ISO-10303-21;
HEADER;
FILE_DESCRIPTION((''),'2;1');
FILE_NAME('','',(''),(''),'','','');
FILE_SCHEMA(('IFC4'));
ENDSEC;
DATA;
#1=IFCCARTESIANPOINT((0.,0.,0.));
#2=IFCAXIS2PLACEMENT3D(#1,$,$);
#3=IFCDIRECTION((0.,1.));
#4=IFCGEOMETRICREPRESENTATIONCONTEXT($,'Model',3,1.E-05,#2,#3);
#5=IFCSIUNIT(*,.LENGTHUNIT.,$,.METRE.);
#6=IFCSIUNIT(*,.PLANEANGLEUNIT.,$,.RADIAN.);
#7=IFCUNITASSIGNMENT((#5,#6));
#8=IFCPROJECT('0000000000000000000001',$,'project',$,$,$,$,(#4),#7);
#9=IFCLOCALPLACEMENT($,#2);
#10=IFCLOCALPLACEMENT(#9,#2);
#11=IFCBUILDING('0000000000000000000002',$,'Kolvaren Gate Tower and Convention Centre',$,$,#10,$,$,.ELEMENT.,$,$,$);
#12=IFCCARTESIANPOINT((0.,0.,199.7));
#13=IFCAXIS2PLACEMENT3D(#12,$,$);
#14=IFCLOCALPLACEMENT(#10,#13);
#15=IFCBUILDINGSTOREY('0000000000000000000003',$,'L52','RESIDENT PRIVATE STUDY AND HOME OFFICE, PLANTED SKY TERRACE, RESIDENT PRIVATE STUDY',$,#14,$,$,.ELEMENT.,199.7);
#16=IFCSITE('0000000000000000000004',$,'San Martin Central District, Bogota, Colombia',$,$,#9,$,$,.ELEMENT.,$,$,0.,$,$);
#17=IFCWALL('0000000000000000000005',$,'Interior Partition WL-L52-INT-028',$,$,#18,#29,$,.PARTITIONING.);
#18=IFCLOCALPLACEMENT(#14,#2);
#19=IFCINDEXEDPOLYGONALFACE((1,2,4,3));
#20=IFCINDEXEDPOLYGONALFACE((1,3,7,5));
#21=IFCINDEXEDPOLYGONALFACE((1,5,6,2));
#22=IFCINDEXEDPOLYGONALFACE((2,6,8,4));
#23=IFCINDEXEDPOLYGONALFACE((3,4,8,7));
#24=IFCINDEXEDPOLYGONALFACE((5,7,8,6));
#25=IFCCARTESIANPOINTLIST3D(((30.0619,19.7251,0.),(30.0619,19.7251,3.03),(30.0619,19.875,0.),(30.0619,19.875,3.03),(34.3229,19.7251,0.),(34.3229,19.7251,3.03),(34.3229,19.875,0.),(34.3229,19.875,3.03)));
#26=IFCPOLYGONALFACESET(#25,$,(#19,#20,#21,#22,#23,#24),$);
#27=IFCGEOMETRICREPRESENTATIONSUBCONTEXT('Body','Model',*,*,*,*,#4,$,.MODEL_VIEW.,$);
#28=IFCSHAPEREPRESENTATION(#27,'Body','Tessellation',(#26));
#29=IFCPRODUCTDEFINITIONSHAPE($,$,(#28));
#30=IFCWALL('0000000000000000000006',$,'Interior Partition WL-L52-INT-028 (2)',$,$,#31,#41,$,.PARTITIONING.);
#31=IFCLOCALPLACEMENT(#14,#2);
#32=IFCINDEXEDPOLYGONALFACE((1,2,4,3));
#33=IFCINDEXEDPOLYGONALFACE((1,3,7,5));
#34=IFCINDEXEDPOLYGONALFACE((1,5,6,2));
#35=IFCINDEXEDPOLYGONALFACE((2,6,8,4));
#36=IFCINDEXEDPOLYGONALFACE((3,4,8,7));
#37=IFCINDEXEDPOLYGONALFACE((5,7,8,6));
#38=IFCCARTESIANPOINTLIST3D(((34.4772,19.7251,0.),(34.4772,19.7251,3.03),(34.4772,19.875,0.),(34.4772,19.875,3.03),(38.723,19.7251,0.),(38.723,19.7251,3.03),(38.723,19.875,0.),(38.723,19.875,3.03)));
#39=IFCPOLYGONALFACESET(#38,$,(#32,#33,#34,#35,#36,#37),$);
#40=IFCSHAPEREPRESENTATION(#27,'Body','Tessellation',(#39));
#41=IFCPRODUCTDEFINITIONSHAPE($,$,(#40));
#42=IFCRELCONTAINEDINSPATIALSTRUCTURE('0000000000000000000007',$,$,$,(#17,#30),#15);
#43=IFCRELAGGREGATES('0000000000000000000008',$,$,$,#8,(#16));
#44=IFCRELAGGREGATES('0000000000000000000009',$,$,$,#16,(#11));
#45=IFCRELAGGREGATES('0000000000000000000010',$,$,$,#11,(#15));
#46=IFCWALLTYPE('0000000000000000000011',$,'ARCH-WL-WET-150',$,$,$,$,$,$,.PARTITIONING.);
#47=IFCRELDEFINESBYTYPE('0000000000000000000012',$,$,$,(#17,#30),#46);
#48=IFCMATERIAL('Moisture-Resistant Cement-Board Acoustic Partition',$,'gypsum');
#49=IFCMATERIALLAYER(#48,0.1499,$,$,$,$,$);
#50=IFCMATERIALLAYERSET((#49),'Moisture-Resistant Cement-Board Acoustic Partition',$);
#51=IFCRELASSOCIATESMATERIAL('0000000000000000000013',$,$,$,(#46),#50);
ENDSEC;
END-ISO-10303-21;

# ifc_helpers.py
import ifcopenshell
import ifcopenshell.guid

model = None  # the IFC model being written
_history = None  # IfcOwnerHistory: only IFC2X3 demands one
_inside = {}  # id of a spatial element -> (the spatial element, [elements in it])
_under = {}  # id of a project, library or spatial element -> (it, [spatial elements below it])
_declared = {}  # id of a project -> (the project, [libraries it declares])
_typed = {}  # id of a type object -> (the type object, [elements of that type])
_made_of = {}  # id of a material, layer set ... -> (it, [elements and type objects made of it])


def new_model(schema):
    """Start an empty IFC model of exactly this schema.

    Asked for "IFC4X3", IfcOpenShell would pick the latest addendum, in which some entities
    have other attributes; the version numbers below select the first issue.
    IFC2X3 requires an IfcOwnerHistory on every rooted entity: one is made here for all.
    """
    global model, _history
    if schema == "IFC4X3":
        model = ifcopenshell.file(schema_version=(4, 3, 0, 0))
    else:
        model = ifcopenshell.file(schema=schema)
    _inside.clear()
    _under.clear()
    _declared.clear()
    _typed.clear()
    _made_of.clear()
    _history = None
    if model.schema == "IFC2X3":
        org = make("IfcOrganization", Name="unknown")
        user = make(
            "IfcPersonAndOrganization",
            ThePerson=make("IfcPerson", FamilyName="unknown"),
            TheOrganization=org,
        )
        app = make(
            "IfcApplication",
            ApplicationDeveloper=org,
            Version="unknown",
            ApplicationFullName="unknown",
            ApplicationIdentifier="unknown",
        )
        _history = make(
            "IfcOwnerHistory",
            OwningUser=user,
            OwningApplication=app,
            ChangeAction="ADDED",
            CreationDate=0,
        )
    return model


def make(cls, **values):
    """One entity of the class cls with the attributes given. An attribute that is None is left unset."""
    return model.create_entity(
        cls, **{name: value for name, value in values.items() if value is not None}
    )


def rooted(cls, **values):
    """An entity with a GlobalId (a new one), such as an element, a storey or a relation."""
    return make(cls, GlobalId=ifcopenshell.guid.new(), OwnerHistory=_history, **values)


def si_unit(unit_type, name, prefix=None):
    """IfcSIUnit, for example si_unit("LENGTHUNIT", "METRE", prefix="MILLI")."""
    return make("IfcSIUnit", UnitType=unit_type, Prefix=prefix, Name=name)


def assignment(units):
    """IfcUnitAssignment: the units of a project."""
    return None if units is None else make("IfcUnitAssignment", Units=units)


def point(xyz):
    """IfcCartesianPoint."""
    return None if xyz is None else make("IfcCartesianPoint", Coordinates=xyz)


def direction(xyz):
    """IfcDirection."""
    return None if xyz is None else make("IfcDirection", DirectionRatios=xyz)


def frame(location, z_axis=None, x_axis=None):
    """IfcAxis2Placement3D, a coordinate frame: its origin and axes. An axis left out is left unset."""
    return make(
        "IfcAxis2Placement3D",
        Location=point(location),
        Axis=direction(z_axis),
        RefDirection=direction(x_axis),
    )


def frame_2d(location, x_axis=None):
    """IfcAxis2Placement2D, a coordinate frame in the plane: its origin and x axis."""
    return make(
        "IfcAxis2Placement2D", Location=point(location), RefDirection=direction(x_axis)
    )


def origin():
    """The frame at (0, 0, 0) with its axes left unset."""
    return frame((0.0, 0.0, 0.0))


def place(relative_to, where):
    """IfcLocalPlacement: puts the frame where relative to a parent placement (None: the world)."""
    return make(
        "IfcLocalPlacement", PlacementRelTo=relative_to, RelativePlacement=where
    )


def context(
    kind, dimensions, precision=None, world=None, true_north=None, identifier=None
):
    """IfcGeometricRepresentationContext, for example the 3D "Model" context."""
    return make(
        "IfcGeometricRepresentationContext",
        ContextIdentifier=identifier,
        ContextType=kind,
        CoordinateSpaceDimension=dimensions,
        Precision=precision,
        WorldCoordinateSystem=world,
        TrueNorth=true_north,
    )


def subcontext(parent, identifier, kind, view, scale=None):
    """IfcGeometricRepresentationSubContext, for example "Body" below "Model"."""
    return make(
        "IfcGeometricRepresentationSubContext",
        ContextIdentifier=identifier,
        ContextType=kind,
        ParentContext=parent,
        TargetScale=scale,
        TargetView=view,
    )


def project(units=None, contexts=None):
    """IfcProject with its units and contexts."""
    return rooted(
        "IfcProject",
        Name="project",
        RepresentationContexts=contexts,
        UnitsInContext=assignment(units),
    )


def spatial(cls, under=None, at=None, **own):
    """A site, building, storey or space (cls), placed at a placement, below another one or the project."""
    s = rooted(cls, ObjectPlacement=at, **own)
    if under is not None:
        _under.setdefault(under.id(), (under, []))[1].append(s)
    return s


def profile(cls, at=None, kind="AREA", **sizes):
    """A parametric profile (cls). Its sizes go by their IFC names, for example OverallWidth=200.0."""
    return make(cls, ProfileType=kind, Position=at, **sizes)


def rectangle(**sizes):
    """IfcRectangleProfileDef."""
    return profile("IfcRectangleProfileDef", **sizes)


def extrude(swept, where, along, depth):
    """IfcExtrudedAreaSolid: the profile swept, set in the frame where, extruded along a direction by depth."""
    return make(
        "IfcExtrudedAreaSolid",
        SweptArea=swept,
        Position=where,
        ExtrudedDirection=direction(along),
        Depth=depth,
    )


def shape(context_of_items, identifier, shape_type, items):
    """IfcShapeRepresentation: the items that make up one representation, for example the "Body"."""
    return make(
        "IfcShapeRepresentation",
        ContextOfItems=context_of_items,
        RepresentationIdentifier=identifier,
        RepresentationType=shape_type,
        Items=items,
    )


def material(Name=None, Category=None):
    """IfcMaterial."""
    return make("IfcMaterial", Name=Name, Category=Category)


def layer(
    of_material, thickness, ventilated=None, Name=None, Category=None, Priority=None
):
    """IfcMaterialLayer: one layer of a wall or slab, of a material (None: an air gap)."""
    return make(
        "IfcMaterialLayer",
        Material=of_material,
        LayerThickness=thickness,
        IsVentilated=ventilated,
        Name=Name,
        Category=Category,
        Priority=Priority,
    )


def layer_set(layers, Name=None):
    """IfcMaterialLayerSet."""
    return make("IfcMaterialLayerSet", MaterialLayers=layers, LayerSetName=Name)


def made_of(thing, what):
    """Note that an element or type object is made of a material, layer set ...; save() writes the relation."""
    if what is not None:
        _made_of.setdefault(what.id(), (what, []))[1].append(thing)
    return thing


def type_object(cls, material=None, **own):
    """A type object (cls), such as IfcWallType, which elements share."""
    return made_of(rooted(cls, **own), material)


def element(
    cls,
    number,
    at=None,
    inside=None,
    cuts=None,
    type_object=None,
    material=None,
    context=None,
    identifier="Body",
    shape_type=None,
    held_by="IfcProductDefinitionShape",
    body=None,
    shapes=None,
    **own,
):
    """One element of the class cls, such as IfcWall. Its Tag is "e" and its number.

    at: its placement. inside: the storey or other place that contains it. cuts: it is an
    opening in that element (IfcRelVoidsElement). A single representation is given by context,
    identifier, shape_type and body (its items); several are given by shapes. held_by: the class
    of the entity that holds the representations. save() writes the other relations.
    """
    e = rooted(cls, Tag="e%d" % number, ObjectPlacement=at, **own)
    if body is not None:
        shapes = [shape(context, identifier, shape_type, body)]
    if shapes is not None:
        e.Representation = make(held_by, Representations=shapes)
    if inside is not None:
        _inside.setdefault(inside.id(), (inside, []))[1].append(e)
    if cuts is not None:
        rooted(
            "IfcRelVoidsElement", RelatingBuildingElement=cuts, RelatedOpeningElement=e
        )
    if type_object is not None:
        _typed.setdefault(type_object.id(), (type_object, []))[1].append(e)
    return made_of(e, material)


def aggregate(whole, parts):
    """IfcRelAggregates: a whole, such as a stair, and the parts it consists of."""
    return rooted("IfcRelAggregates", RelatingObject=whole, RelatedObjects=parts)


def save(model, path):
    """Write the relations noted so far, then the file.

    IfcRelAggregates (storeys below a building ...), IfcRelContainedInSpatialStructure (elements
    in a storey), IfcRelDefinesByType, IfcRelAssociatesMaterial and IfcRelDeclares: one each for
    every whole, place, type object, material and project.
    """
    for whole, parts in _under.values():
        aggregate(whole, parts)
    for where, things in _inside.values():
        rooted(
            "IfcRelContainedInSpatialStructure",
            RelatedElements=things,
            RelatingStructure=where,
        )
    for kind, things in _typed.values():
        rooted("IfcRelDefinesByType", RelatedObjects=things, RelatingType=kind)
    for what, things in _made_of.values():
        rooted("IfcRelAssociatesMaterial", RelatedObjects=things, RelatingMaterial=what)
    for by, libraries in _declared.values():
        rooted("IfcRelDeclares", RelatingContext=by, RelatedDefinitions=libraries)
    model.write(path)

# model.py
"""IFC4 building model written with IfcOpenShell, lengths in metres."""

from ifc_helpers import new_model, si_unit, direction, frame, frame_2d, origin, place, context, subcontext, project, spatial, rectangle, extrude, material, layer, layer_set, type_object, element, save


model = new_model("IFC4")

# Units and contexts
model_context = context("Model", 3, precision=1e-05, world=origin(), true_north=direction((0.0, 1.0)))
body_context = subcontext(model_context, "Body", "Model", "MODEL_VIEW")
ifc_project = project(units=[si_unit("LENGTHUNIT", "METRE"), si_unit("PLANEANGLEUNIT", "RADIAN")], contexts=[model_context])

# Site, building, storey
site_placement = place(None, origin())
site = spatial("IfcSite", under=ifc_project, at=site_placement, Name="San Martin Central District, Bogota, Colombia", CompositionType="ELEMENT", RefElevation=0.0)
building_placement = place(site_placement, origin())
building = spatial("IfcBuilding", under=site, at=building_placement, Name="Kolvaren Gate Tower and Convention Centre", CompositionType="ELEMENT")
storey_placement = place(building_placement, frame((0.0, 0.0, 199.7)))
storey = spatial("IfcBuildingStorey", under=building, at=storey_placement, Name="L52", Description="RESIDENT PRIVATE STUDY AND HOME OFFICE, PLANTED SKY TERRACE, RESIDENT PRIVATE STUDY", CompositionType="ELEMENT", Elevation=199.7)

# Shared definitions
ifc_material_1 = material(Name="Moisture-Resistant Cement-Board Acoustic Partition", Category="gypsum")
ifc_layer_1 = layer(ifc_material_1, 0.1499)
ifc_layer_set_1 = layer_set([ifc_layer_1], Name="Moisture-Resistant Cement-Board Acoustic Partition")
wall_type_1 = type_object("IfcWallType", Name="ARCH-WL-WET-150", PredefinedType="PARTITIONING", material=ifc_layer_set_1)

# Walls
wall_1_placement = place(storey_placement, frame((30.062, 19.8, 0.0), z_axis=(0.0, 0.0, 1.0), x_axis=(1.0, 0.0, 0.0)))
element("IfcWall", 1, at=wall_1_placement, inside=storey, type_object=wall_type_1, Name="Interior Partition WL-L52-INT-028", PredefinedType="PARTITIONING", context=body_context, shape_type="SweptSolid", body=[
    extrude(rectangle(XDim=4.261, YDim=0.1499, at=frame_2d((2.1304, 0.0))), origin(), (0.0, 0.0, 1.0), 3.03),
])
wall_2_placement = place(storey_placement, frame((34.4771, 19.8, 0.0), z_axis=(0.0, 0.0, 1.0), x_axis=(1.0, 0.0, 0.0)))
element("IfcWall", 2, at=wall_2_placement, inside=storey, type_object=wall_type_1, Name="Interior Partition WL-L52-INT-028 (2)", PredefinedType="PARTITIONING", context=body_context, shape_type="SweptSolid", body=[
    extrude(rectangle(XDim=4.2458, YDim=0.1499, at=frame_2d((2.123, 0.0))), origin(), (0.0, 0.0, 1.0), 3.03),
])

save(model, "model.ifc")
